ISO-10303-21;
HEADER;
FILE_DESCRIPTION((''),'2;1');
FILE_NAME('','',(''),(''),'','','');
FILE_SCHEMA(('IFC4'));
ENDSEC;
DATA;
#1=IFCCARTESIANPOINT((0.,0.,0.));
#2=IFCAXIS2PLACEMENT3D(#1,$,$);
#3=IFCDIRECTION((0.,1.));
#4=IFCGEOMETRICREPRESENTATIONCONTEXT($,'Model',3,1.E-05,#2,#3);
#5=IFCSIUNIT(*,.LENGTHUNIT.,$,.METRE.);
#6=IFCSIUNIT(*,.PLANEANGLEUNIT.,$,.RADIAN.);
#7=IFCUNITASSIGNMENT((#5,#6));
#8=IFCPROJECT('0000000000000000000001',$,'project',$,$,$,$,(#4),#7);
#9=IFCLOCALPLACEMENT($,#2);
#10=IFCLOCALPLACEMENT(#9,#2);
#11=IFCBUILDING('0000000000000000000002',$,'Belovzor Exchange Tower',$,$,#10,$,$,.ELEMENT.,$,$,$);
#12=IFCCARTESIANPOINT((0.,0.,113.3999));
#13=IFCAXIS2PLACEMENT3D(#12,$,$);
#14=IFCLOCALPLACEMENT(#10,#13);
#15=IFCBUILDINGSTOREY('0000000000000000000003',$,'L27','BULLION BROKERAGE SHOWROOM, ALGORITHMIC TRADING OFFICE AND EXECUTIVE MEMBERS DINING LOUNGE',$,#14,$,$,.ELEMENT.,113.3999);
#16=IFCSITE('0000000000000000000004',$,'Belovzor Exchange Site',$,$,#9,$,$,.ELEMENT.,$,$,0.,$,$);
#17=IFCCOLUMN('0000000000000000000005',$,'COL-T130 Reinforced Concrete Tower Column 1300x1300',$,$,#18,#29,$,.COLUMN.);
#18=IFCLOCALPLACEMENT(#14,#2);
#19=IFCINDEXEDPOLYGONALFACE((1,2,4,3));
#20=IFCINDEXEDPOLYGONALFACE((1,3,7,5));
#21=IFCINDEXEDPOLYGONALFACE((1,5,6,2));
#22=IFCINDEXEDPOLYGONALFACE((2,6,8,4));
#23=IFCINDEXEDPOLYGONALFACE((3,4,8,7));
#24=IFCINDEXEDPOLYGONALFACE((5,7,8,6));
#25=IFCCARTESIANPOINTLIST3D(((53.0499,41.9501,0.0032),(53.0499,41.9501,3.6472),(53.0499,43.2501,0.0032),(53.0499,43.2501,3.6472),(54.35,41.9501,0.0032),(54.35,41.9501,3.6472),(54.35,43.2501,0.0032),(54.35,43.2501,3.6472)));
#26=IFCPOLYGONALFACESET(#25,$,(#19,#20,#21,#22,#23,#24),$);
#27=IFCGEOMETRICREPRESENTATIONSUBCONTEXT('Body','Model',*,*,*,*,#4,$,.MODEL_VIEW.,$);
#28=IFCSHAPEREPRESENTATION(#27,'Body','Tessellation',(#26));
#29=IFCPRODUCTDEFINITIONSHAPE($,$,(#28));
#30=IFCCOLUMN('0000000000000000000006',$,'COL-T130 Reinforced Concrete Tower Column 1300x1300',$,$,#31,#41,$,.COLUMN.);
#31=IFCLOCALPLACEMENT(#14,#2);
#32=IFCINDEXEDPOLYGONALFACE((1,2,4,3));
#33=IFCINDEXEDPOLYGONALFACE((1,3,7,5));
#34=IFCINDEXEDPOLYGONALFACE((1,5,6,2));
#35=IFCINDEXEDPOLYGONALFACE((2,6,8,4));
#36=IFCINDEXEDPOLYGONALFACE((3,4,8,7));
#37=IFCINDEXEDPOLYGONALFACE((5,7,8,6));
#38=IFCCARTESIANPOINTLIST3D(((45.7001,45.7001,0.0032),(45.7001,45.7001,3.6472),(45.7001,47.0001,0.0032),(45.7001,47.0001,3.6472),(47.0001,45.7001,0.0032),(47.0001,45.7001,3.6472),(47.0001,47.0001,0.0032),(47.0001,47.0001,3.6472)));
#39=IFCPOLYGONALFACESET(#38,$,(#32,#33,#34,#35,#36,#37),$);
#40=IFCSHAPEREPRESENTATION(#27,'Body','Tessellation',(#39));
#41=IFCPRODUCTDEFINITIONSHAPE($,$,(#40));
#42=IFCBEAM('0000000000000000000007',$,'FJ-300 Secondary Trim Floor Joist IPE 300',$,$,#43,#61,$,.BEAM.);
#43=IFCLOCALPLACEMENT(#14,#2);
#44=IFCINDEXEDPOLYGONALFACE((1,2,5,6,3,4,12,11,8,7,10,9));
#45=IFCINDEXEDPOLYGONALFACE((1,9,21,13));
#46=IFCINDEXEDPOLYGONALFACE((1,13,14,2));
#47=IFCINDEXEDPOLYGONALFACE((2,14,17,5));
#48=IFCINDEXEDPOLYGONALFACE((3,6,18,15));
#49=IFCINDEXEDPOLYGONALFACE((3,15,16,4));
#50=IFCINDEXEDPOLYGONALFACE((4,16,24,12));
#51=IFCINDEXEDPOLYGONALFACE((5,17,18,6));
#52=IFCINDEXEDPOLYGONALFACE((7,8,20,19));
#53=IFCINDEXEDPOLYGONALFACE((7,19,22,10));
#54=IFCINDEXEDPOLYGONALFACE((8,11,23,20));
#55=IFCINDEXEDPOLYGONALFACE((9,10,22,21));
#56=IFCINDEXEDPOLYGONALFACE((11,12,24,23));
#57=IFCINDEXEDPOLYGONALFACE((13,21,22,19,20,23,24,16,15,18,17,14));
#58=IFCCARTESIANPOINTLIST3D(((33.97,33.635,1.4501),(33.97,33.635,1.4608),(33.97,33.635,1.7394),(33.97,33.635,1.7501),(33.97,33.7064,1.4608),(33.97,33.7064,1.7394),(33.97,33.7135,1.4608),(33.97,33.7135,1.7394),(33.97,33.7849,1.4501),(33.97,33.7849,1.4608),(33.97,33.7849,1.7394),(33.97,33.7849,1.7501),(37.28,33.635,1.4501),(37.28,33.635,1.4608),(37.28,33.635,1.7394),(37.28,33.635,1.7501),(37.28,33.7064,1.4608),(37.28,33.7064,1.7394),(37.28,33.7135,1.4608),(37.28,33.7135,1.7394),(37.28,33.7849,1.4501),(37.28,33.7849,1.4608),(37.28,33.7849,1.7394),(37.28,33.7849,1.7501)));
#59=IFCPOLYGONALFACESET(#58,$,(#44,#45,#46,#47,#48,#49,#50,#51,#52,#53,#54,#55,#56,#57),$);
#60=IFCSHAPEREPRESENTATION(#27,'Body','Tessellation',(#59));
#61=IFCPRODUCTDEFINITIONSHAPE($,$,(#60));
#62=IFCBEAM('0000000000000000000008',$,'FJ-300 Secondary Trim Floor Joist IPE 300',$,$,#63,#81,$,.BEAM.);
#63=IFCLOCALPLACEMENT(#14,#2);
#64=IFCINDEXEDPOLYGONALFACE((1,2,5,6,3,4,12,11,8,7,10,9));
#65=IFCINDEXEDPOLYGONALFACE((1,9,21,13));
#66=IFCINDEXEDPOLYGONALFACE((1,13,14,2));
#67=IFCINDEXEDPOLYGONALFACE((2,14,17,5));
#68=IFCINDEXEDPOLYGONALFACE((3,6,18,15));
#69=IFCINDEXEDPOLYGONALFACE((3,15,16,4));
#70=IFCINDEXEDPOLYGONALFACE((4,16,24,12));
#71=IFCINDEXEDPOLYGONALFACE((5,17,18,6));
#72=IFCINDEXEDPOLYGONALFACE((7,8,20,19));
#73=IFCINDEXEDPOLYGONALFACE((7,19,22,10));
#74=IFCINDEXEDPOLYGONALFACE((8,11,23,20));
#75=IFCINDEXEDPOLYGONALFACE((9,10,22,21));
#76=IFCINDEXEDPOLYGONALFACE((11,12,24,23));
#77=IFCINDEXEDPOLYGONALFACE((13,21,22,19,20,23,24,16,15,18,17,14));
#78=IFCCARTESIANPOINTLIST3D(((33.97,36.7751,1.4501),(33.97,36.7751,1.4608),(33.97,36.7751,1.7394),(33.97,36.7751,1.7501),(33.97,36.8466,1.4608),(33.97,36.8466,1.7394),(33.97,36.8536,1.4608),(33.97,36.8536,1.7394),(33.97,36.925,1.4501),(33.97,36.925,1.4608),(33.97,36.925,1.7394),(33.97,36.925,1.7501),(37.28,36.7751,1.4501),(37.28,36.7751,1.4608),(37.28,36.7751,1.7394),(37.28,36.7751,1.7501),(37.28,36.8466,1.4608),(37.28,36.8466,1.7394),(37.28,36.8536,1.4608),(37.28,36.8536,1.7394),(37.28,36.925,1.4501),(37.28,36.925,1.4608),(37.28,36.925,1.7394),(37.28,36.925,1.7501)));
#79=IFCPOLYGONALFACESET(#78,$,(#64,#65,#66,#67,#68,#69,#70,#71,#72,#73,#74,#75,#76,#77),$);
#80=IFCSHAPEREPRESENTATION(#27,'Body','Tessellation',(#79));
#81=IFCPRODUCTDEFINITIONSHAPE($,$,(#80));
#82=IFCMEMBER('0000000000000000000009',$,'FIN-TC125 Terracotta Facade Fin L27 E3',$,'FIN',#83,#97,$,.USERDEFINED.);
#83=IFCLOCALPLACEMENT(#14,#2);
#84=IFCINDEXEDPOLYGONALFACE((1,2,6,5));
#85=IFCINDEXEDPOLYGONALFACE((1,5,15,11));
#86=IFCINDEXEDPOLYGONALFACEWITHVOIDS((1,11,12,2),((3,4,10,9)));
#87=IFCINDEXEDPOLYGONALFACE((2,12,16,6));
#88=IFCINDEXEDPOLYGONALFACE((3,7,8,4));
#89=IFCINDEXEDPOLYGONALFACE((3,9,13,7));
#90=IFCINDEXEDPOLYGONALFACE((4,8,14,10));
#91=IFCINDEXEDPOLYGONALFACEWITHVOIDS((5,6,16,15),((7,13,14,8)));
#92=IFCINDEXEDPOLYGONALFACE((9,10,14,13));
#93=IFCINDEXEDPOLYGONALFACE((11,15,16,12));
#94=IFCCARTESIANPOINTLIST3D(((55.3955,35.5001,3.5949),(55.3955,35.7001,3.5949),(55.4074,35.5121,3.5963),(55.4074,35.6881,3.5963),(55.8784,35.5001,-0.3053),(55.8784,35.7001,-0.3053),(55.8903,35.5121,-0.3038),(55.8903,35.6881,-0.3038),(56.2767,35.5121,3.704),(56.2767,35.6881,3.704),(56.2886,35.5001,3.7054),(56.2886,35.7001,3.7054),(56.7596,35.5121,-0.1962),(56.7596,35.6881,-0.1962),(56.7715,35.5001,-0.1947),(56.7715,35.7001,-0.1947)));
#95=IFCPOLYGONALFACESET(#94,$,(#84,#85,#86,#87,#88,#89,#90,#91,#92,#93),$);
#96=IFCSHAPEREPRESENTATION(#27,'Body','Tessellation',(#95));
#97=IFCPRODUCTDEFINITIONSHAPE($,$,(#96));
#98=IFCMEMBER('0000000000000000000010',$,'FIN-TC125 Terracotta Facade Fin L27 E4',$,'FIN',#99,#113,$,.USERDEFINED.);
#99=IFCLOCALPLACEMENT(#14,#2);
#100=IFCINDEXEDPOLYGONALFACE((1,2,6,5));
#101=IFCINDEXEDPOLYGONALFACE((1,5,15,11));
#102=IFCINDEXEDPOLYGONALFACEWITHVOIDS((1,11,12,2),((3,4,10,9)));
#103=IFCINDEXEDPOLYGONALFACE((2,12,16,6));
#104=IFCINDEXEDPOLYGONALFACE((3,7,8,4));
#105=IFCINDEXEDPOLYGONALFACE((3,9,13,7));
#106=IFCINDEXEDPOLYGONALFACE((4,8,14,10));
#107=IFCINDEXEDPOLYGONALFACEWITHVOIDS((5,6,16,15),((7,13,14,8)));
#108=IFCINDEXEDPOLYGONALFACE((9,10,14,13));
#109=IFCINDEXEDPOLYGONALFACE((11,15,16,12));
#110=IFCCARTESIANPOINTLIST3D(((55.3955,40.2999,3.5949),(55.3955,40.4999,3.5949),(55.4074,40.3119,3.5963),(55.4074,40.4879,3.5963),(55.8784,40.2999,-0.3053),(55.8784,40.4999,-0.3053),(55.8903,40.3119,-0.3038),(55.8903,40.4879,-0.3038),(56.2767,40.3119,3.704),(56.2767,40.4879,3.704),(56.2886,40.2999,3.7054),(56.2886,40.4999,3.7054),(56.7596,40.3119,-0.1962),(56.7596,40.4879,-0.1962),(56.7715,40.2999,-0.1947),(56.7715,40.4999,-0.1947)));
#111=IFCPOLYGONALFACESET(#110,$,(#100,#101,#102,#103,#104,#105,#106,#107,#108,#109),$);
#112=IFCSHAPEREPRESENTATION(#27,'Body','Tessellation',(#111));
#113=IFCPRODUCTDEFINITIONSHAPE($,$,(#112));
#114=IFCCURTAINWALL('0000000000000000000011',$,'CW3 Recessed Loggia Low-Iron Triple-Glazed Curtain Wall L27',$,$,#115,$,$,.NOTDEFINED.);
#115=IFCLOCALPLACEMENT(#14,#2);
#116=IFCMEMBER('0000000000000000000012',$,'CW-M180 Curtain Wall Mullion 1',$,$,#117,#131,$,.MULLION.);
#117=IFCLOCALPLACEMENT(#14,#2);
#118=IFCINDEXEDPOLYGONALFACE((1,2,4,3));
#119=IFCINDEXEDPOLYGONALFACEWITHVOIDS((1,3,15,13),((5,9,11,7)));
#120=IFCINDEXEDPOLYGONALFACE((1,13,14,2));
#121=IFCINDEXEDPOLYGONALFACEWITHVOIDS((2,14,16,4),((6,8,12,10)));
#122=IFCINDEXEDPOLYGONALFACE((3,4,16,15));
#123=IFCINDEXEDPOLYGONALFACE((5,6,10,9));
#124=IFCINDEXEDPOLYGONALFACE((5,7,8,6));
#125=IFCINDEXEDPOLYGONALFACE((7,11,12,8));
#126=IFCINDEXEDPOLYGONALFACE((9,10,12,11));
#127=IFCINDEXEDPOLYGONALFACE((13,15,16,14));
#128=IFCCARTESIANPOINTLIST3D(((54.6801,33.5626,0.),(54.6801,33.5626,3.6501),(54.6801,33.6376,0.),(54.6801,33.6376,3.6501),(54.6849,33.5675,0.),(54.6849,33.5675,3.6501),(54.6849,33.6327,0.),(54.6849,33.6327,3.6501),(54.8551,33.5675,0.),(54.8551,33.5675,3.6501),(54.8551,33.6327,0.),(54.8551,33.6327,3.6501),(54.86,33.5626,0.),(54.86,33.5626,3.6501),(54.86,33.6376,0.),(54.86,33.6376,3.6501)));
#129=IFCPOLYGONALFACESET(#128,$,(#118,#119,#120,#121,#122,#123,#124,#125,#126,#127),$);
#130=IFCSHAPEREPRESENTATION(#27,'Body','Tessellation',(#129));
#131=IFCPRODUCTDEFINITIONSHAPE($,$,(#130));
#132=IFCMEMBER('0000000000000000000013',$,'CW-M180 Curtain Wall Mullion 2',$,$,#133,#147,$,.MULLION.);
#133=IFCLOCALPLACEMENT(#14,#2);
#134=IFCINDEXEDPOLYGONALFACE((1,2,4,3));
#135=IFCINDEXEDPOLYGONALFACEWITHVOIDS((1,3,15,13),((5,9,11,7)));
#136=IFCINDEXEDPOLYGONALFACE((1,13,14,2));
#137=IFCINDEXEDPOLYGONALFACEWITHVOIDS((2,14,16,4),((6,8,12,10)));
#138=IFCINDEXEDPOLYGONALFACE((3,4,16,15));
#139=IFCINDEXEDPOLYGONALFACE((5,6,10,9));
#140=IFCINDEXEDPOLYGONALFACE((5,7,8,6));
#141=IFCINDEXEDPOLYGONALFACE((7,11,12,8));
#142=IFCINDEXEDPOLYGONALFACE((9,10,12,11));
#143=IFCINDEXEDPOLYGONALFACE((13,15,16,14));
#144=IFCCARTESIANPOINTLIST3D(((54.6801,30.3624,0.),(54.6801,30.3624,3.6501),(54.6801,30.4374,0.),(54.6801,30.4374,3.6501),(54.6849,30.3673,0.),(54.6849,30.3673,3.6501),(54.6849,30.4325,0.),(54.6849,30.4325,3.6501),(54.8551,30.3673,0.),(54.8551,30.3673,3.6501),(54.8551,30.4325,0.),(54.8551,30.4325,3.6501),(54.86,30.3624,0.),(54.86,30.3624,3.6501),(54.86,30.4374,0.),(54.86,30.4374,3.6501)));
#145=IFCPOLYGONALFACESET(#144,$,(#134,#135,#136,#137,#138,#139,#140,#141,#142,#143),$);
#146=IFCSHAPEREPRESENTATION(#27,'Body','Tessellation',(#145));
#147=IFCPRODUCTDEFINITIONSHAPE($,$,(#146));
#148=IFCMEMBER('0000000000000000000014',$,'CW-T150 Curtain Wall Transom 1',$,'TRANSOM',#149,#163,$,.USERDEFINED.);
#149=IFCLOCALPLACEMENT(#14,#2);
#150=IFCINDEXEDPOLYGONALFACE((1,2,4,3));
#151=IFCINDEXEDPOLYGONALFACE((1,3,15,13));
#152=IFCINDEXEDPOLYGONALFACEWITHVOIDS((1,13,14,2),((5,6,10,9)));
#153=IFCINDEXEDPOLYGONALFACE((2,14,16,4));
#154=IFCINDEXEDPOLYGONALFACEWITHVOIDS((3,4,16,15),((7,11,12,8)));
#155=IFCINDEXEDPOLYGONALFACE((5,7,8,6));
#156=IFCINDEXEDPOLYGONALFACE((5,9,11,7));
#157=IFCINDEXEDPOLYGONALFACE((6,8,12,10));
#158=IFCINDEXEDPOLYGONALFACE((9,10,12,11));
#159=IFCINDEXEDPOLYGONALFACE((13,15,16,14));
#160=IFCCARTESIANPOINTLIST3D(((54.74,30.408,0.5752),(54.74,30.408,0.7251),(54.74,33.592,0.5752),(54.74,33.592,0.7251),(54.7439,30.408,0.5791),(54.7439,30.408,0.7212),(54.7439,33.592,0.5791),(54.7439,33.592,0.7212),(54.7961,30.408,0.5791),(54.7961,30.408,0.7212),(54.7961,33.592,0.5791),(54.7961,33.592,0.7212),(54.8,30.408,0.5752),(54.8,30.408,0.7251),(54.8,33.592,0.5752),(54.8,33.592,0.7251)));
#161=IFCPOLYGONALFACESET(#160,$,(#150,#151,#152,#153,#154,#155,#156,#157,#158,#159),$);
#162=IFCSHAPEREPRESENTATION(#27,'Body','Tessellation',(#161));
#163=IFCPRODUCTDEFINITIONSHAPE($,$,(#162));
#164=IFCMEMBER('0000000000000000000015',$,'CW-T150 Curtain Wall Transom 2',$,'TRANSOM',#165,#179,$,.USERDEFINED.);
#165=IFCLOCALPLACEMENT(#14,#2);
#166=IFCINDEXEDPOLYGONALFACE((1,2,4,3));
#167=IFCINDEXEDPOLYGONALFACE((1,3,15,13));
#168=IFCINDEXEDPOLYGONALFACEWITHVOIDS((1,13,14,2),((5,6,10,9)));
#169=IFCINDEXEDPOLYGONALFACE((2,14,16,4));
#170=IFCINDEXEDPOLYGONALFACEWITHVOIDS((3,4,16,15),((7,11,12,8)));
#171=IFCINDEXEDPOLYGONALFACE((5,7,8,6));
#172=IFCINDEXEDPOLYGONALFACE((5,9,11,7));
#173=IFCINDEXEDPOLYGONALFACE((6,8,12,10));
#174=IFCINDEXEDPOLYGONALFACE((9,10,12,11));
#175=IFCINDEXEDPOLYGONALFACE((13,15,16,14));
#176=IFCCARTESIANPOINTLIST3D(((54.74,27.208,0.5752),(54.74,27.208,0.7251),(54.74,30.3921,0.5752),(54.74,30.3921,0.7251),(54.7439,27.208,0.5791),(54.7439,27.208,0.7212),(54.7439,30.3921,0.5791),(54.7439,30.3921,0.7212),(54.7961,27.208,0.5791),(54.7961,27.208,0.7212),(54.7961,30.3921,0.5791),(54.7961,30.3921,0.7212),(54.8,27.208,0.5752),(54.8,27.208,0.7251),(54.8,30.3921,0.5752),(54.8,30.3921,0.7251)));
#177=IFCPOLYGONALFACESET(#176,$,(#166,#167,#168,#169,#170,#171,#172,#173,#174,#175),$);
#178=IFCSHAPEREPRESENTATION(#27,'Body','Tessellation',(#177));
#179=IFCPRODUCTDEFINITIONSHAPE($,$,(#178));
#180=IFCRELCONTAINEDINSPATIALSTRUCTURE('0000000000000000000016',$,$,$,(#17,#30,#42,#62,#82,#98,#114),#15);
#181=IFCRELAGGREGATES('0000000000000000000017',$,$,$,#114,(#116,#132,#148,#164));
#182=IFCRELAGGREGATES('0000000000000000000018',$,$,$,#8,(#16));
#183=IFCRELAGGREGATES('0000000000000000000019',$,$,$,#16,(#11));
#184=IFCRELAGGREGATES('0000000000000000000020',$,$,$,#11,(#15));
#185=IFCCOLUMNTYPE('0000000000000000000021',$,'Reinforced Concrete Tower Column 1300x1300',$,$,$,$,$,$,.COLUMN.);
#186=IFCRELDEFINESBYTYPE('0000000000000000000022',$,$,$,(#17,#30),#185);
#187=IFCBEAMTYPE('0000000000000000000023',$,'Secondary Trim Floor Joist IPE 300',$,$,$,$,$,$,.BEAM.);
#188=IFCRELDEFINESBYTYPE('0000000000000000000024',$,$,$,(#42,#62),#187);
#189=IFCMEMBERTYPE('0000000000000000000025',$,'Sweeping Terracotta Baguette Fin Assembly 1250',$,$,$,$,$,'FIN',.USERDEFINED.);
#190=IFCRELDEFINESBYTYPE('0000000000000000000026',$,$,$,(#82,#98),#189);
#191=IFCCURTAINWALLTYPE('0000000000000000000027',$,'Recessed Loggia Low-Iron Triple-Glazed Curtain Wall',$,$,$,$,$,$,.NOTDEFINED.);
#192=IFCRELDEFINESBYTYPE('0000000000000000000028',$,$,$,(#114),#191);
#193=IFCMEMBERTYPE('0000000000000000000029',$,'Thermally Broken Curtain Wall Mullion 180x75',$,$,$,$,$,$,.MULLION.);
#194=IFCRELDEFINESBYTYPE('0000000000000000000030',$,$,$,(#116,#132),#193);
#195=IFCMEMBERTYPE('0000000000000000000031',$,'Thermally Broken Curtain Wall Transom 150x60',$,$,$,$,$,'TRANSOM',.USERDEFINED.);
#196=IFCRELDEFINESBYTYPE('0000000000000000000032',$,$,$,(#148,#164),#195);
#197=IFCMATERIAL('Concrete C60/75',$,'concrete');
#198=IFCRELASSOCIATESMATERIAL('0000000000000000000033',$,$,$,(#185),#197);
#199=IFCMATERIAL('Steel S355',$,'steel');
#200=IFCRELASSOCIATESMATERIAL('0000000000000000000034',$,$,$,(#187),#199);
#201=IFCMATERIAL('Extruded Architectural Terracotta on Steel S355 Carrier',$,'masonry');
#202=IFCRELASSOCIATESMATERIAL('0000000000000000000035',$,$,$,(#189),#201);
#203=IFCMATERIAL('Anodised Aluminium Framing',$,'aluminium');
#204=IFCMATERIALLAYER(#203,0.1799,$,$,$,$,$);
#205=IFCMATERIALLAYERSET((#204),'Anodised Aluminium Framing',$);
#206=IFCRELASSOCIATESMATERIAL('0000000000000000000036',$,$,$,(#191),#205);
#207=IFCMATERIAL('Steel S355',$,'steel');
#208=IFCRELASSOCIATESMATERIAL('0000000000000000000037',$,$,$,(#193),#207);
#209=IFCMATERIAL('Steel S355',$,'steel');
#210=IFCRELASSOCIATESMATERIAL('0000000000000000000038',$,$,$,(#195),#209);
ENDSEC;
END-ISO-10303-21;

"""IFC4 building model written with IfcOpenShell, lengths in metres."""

from ifc_helpers import new_model, si_unit, direction, frame, origin, origin_2d, place, context, subcontext, project, spatial, rectangle, hollow_rectangle, i_section, extrude, material, layer, layer_set, material_profile, profile_set, type_object, element, aggregate, save


model = new_model("IFC4")

# Units and contexts
model_context = context("Model", 3, precision=1e-05, world=origin(), true_north=direction((0.0, 1.0)))
body_context = subcontext(model_context, "Body", "Model", "MODEL_VIEW")
ifc_project = project(units=[si_unit("LENGTHUNIT", "METRE"), si_unit("PLANEANGLEUNIT", "RADIAN")], contexts=[model_context])

# Site, building, storey
site_placement = place(None, origin())
site = spatial("IfcSite", under=ifc_project, at=site_placement, Name="Belovzor Exchange Site", CompositionType="ELEMENT", RefElevation=0.0)
building_placement = place(site_placement, origin())
building = spatial("IfcBuilding", under=site, at=building_placement, Name="Belovzor Exchange Tower", CompositionType="ELEMENT")
storey_placement = place(building_placement, frame((0.0, 0.0, 113.3999)))
storey = spatial("IfcBuildingStorey", under=building, at=storey_placement, Name="L27", Description="BULLION BROKERAGE SHOWROOM, ALGORITHMIC TRADING OFFICE AND EXECUTIVE MEMBERS DINING LOUNGE", CompositionType="ELEMENT", Elevation=113.3999)

# Columns
ifc_material_1 = material(Name="Concrete C60/75", Category="concrete")
ifc_material_profile_1 = material_profile(ifc_material_1, rectangle(XDim=1.3, YDim=1.3, at=origin_2d()))
ifc_profile_set_1 = profile_set([ifc_material_profile_1], Name="Concrete C60/75")
column_type = type_object("IfcColumnType", Name="Reinforced Concrete Tower Column 1300x1300", PredefinedType="COLUMN", material=ifc_profile_set_1)
for number, where, z_axis, x_axis, name in (
    (1, (53.7, 42.6001, 0.0032), (0.0, 0.0, 1.0), (1.0, 0.0, 0.0), "COL-T130 Reinforced Concrete Tower Column 1300x1300"),
    (2, (46.3501, 46.3501, 0.0032), (0.0, 0.0, 1.0), (1.0, 0.0, 0.0), "COL-T130 Reinforced Concrete Tower Column 1300x1300"),
):
    element("IfcColumn", number, at=place(storey_placement, frame(where, z_axis=z_axis, x_axis=x_axis)), inside=storey, type_object=column_type, Name=name, PredefinedType="COLUMN", context=body_context, shape_type="SweptSolid", body=[
        extrude(rectangle(XDim=1.3, YDim=1.3, at=origin_2d()), origin(), (0.0, 0.0, 1.0), 3.644),
    ])

# Beams
ifc_material_2 = material(Name="Steel S355", Category="steel")
ifc_material_profile_2 = material_profile(ifc_material_2, i_section(OverallWidth=0.1499, OverallDepth=0.3, WebThickness=0.0071, FlangeThickness=0.0107, at=origin_2d()))
ifc_profile_set_2 = profile_set([ifc_material_profile_2], Name="Steel S355")
beam_type_1 = type_object("IfcBeamType", Name="Secondary Trim Floor Joist IPE 300", PredefinedType="BEAM", material=ifc_profile_set_2)
for number, where, z_axis, x_axis, name in (
    (3, (37.28, 33.71, 1.6001), (-1.0, 0.0, 0.0), (0.0, -1.0, 0.0), "FJ-300 Secondary Trim Floor Joist IPE 300"),
    (4, (37.28, 36.8501, 1.6001), (-1.0, 0.0, 0.0), (0.0, -1.0, 0.0), "FJ-300 Secondary Trim Floor Joist IPE 300"),
):
    element("IfcBeam", number, at=place(storey_placement, frame(where, z_axis=z_axis, x_axis=x_axis)), inside=storey, type_object=beam_type_1, Name=name, PredefinedType="BEAM", context=body_context, shape_type="SweptSolid", body=[
        extrude(i_section(OverallWidth=0.1499, OverallDepth=0.3, WebThickness=0.0071, FlangeThickness=0.0107, at=origin_2d()), origin(), (0.0, 0.0, 1.0), 3.3101),
    ])

# Members
ifc_material_3 = material(Name="Extruded Architectural Terracotta on Steel S355 Carrier", Category="masonry")
ifc_material_profile_3 = material_profile(ifc_material_3, hollow_rectangle(XDim=0.2, YDim=0.8999, WallThickness=0.012, at=origin_2d()))
ifc_profile_set_3 = profile_set([ifc_material_profile_3], Name="Extruded Architectural Terracotta on Steel S355 Carrier")
member_type_1 = type_object("IfcMemberType", Name="Sweeping Terracotta Baguette Fin Assembly 1250", ElementType="FIN", PredefinedType="USERDEFINED", material=ifc_profile_set_3)
for number, where, z_axis, x_axis, name in (
    (5, (56.325, 35.6001, -0.25), (-0.12288, 0.0, 0.992422), (0.0, -1.0, 0.0), "FIN-TC125 Terracotta Facade Fin L27 E3"),
    (6, (56.325, 40.3999, -0.25), (-0.12288, 0.0, 0.992422), (0.0, -1.0, 0.0), "FIN-TC125 Terracotta Facade Fin L27 E4"),
):
    element("IfcMember", number, at=place(storey_placement, frame(where, z_axis=z_axis, x_axis=x_axis)), inside=storey, type_object=member_type_1, Name=name, ObjectType="FIN", PredefinedType="USERDEFINED", context=body_context, shape_type="SweptSolid", body=[
        extrude(hollow_rectangle(XDim=0.2, YDim=0.8999, WallThickness=0.012, at=origin_2d()), origin(), (0.0, 0.0, 1.0), 3.9299),
    ])

# Curtain wall, members
ifc_material_4 = material(Name="Anodised Aluminium Framing", Category="aluminium")
ifc_layer_1 = layer(ifc_material_4, 0.1799)
ifc_layer_set_1 = layer_set([ifc_layer_1], Name="Anodised Aluminium Framing")
curtain_wall_type = type_object("IfcCurtainWallType", Name="Recessed Loggia Low-Iron Triple-Glazed Curtain Wall", PredefinedType="NOTDEFINED", material=ifc_layer_set_1)
curtain_wall_placement = place(storey_placement, origin())
curtain_wall = element("IfcCurtainWall", 7, at=curtain_wall_placement, inside=storey, type_object=curtain_wall_type, Name="CW3 Recessed Loggia Low-Iron Triple-Glazed Curtain Wall L27", PredefinedType="NOTDEFINED")
ifc_material_5 = material(Name="Steel S355", Category="steel")
ifc_material_profile_4 = material_profile(ifc_material_5, hollow_rectangle(XDim=0.075, YDim=0.1799, WallThickness=0.0049, at=origin_2d()))
ifc_profile_set_4 = profile_set([ifc_material_profile_4], Name="Steel S355")
member_type_2 = type_object("IfcMemberType", Name="Thermally Broken Curtain Wall Mullion 180x75", PredefinedType="MULLION", material=ifc_profile_set_4)
member_1_placement = place(storey_placement, frame((54.77, 33.6001, 0.0), z_axis=(0.0, 0.0, 1.0), x_axis=(0.0, -1.0, 0.0)))
member_1 = element("IfcMember", 8, at=member_1_placement, type_object=member_type_2, Name="CW-M180 Curtain Wall Mullion 1", PredefinedType="MULLION", context=body_context, shape_type="SweptSolid", body=[
    extrude(hollow_rectangle(XDim=0.075, YDim=0.1799, WallThickness=0.0049, at=origin_2d()), origin(), (0.0, 0.0, 1.0), 3.6501),
])
member_2_placement = place(storey_placement, frame((54.77, 30.3999, 0.0), z_axis=(0.0, 0.0, 1.0), x_axis=(0.0, -1.0, 0.0)))
member_2 = element("IfcMember", 9, at=member_2_placement, type_object=member_type_2, Name="CW-M180 Curtain Wall Mullion 2", PredefinedType="MULLION", context=body_context, shape_type="SweptSolid", body=[
    extrude(hollow_rectangle(XDim=0.075, YDim=0.1799, WallThickness=0.0049, at=origin_2d()), origin(), (0.0, 0.0, 1.0), 3.6501),
])
ifc_material_6 = material(Name="Steel S355", Category="steel")
ifc_material_profile_5 = material_profile(ifc_material_6, hollow_rectangle(XDim=0.0601, YDim=0.1499, WallThickness=0.0039, at=origin_2d()))
ifc_profile_set_5 = profile_set([ifc_material_profile_5], Name="Steel S355")
member_type_3 = type_object("IfcMemberType", Name="Thermally Broken Curtain Wall Transom 150x60", ElementType="TRANSOM", PredefinedType="USERDEFINED", material=ifc_profile_set_5)
member_3_placement = place(storey_placement, frame((54.77, 33.592, 0.6501), z_axis=(0.0, -1.0, 0.0), x_axis=(1.0, 0.0, 0.0)))
member_3 = element("IfcMember", 10, at=member_3_placement, type_object=member_type_3, Name="CW-T150 Curtain Wall Transom 1", ObjectType="TRANSOM", PredefinedType="USERDEFINED", context=body_context, shape_type="SweptSolid", body=[
    extrude(hollow_rectangle(XDim=0.0601, YDim=0.1499, WallThickness=0.0039, at=origin_2d()), origin(), (0.0, 0.0, 1.0), 3.1841),
])
member_4_placement = place(storey_placement, frame((54.77, 30.3921, 0.6501), z_axis=(0.0, -1.0, 0.0), x_axis=(1.0, 0.0, 0.0)))
member_4 = element("IfcMember", 11, at=member_4_placement, type_object=member_type_3, Name="CW-T150 Curtain Wall Transom 2", ObjectType="TRANSOM", PredefinedType="USERDEFINED", context=body_context, shape_type="SweptSolid", body=[
    extrude(hollow_rectangle(XDim=0.0601, YDim=0.1499, WallThickness=0.0039, at=origin_2d()), origin(), (0.0, 0.0, 1.0), 3.1841),
])

aggregate(curtain_wall, [member_1, member_2, member_3, member_4])

save(model, "model.ifc")
